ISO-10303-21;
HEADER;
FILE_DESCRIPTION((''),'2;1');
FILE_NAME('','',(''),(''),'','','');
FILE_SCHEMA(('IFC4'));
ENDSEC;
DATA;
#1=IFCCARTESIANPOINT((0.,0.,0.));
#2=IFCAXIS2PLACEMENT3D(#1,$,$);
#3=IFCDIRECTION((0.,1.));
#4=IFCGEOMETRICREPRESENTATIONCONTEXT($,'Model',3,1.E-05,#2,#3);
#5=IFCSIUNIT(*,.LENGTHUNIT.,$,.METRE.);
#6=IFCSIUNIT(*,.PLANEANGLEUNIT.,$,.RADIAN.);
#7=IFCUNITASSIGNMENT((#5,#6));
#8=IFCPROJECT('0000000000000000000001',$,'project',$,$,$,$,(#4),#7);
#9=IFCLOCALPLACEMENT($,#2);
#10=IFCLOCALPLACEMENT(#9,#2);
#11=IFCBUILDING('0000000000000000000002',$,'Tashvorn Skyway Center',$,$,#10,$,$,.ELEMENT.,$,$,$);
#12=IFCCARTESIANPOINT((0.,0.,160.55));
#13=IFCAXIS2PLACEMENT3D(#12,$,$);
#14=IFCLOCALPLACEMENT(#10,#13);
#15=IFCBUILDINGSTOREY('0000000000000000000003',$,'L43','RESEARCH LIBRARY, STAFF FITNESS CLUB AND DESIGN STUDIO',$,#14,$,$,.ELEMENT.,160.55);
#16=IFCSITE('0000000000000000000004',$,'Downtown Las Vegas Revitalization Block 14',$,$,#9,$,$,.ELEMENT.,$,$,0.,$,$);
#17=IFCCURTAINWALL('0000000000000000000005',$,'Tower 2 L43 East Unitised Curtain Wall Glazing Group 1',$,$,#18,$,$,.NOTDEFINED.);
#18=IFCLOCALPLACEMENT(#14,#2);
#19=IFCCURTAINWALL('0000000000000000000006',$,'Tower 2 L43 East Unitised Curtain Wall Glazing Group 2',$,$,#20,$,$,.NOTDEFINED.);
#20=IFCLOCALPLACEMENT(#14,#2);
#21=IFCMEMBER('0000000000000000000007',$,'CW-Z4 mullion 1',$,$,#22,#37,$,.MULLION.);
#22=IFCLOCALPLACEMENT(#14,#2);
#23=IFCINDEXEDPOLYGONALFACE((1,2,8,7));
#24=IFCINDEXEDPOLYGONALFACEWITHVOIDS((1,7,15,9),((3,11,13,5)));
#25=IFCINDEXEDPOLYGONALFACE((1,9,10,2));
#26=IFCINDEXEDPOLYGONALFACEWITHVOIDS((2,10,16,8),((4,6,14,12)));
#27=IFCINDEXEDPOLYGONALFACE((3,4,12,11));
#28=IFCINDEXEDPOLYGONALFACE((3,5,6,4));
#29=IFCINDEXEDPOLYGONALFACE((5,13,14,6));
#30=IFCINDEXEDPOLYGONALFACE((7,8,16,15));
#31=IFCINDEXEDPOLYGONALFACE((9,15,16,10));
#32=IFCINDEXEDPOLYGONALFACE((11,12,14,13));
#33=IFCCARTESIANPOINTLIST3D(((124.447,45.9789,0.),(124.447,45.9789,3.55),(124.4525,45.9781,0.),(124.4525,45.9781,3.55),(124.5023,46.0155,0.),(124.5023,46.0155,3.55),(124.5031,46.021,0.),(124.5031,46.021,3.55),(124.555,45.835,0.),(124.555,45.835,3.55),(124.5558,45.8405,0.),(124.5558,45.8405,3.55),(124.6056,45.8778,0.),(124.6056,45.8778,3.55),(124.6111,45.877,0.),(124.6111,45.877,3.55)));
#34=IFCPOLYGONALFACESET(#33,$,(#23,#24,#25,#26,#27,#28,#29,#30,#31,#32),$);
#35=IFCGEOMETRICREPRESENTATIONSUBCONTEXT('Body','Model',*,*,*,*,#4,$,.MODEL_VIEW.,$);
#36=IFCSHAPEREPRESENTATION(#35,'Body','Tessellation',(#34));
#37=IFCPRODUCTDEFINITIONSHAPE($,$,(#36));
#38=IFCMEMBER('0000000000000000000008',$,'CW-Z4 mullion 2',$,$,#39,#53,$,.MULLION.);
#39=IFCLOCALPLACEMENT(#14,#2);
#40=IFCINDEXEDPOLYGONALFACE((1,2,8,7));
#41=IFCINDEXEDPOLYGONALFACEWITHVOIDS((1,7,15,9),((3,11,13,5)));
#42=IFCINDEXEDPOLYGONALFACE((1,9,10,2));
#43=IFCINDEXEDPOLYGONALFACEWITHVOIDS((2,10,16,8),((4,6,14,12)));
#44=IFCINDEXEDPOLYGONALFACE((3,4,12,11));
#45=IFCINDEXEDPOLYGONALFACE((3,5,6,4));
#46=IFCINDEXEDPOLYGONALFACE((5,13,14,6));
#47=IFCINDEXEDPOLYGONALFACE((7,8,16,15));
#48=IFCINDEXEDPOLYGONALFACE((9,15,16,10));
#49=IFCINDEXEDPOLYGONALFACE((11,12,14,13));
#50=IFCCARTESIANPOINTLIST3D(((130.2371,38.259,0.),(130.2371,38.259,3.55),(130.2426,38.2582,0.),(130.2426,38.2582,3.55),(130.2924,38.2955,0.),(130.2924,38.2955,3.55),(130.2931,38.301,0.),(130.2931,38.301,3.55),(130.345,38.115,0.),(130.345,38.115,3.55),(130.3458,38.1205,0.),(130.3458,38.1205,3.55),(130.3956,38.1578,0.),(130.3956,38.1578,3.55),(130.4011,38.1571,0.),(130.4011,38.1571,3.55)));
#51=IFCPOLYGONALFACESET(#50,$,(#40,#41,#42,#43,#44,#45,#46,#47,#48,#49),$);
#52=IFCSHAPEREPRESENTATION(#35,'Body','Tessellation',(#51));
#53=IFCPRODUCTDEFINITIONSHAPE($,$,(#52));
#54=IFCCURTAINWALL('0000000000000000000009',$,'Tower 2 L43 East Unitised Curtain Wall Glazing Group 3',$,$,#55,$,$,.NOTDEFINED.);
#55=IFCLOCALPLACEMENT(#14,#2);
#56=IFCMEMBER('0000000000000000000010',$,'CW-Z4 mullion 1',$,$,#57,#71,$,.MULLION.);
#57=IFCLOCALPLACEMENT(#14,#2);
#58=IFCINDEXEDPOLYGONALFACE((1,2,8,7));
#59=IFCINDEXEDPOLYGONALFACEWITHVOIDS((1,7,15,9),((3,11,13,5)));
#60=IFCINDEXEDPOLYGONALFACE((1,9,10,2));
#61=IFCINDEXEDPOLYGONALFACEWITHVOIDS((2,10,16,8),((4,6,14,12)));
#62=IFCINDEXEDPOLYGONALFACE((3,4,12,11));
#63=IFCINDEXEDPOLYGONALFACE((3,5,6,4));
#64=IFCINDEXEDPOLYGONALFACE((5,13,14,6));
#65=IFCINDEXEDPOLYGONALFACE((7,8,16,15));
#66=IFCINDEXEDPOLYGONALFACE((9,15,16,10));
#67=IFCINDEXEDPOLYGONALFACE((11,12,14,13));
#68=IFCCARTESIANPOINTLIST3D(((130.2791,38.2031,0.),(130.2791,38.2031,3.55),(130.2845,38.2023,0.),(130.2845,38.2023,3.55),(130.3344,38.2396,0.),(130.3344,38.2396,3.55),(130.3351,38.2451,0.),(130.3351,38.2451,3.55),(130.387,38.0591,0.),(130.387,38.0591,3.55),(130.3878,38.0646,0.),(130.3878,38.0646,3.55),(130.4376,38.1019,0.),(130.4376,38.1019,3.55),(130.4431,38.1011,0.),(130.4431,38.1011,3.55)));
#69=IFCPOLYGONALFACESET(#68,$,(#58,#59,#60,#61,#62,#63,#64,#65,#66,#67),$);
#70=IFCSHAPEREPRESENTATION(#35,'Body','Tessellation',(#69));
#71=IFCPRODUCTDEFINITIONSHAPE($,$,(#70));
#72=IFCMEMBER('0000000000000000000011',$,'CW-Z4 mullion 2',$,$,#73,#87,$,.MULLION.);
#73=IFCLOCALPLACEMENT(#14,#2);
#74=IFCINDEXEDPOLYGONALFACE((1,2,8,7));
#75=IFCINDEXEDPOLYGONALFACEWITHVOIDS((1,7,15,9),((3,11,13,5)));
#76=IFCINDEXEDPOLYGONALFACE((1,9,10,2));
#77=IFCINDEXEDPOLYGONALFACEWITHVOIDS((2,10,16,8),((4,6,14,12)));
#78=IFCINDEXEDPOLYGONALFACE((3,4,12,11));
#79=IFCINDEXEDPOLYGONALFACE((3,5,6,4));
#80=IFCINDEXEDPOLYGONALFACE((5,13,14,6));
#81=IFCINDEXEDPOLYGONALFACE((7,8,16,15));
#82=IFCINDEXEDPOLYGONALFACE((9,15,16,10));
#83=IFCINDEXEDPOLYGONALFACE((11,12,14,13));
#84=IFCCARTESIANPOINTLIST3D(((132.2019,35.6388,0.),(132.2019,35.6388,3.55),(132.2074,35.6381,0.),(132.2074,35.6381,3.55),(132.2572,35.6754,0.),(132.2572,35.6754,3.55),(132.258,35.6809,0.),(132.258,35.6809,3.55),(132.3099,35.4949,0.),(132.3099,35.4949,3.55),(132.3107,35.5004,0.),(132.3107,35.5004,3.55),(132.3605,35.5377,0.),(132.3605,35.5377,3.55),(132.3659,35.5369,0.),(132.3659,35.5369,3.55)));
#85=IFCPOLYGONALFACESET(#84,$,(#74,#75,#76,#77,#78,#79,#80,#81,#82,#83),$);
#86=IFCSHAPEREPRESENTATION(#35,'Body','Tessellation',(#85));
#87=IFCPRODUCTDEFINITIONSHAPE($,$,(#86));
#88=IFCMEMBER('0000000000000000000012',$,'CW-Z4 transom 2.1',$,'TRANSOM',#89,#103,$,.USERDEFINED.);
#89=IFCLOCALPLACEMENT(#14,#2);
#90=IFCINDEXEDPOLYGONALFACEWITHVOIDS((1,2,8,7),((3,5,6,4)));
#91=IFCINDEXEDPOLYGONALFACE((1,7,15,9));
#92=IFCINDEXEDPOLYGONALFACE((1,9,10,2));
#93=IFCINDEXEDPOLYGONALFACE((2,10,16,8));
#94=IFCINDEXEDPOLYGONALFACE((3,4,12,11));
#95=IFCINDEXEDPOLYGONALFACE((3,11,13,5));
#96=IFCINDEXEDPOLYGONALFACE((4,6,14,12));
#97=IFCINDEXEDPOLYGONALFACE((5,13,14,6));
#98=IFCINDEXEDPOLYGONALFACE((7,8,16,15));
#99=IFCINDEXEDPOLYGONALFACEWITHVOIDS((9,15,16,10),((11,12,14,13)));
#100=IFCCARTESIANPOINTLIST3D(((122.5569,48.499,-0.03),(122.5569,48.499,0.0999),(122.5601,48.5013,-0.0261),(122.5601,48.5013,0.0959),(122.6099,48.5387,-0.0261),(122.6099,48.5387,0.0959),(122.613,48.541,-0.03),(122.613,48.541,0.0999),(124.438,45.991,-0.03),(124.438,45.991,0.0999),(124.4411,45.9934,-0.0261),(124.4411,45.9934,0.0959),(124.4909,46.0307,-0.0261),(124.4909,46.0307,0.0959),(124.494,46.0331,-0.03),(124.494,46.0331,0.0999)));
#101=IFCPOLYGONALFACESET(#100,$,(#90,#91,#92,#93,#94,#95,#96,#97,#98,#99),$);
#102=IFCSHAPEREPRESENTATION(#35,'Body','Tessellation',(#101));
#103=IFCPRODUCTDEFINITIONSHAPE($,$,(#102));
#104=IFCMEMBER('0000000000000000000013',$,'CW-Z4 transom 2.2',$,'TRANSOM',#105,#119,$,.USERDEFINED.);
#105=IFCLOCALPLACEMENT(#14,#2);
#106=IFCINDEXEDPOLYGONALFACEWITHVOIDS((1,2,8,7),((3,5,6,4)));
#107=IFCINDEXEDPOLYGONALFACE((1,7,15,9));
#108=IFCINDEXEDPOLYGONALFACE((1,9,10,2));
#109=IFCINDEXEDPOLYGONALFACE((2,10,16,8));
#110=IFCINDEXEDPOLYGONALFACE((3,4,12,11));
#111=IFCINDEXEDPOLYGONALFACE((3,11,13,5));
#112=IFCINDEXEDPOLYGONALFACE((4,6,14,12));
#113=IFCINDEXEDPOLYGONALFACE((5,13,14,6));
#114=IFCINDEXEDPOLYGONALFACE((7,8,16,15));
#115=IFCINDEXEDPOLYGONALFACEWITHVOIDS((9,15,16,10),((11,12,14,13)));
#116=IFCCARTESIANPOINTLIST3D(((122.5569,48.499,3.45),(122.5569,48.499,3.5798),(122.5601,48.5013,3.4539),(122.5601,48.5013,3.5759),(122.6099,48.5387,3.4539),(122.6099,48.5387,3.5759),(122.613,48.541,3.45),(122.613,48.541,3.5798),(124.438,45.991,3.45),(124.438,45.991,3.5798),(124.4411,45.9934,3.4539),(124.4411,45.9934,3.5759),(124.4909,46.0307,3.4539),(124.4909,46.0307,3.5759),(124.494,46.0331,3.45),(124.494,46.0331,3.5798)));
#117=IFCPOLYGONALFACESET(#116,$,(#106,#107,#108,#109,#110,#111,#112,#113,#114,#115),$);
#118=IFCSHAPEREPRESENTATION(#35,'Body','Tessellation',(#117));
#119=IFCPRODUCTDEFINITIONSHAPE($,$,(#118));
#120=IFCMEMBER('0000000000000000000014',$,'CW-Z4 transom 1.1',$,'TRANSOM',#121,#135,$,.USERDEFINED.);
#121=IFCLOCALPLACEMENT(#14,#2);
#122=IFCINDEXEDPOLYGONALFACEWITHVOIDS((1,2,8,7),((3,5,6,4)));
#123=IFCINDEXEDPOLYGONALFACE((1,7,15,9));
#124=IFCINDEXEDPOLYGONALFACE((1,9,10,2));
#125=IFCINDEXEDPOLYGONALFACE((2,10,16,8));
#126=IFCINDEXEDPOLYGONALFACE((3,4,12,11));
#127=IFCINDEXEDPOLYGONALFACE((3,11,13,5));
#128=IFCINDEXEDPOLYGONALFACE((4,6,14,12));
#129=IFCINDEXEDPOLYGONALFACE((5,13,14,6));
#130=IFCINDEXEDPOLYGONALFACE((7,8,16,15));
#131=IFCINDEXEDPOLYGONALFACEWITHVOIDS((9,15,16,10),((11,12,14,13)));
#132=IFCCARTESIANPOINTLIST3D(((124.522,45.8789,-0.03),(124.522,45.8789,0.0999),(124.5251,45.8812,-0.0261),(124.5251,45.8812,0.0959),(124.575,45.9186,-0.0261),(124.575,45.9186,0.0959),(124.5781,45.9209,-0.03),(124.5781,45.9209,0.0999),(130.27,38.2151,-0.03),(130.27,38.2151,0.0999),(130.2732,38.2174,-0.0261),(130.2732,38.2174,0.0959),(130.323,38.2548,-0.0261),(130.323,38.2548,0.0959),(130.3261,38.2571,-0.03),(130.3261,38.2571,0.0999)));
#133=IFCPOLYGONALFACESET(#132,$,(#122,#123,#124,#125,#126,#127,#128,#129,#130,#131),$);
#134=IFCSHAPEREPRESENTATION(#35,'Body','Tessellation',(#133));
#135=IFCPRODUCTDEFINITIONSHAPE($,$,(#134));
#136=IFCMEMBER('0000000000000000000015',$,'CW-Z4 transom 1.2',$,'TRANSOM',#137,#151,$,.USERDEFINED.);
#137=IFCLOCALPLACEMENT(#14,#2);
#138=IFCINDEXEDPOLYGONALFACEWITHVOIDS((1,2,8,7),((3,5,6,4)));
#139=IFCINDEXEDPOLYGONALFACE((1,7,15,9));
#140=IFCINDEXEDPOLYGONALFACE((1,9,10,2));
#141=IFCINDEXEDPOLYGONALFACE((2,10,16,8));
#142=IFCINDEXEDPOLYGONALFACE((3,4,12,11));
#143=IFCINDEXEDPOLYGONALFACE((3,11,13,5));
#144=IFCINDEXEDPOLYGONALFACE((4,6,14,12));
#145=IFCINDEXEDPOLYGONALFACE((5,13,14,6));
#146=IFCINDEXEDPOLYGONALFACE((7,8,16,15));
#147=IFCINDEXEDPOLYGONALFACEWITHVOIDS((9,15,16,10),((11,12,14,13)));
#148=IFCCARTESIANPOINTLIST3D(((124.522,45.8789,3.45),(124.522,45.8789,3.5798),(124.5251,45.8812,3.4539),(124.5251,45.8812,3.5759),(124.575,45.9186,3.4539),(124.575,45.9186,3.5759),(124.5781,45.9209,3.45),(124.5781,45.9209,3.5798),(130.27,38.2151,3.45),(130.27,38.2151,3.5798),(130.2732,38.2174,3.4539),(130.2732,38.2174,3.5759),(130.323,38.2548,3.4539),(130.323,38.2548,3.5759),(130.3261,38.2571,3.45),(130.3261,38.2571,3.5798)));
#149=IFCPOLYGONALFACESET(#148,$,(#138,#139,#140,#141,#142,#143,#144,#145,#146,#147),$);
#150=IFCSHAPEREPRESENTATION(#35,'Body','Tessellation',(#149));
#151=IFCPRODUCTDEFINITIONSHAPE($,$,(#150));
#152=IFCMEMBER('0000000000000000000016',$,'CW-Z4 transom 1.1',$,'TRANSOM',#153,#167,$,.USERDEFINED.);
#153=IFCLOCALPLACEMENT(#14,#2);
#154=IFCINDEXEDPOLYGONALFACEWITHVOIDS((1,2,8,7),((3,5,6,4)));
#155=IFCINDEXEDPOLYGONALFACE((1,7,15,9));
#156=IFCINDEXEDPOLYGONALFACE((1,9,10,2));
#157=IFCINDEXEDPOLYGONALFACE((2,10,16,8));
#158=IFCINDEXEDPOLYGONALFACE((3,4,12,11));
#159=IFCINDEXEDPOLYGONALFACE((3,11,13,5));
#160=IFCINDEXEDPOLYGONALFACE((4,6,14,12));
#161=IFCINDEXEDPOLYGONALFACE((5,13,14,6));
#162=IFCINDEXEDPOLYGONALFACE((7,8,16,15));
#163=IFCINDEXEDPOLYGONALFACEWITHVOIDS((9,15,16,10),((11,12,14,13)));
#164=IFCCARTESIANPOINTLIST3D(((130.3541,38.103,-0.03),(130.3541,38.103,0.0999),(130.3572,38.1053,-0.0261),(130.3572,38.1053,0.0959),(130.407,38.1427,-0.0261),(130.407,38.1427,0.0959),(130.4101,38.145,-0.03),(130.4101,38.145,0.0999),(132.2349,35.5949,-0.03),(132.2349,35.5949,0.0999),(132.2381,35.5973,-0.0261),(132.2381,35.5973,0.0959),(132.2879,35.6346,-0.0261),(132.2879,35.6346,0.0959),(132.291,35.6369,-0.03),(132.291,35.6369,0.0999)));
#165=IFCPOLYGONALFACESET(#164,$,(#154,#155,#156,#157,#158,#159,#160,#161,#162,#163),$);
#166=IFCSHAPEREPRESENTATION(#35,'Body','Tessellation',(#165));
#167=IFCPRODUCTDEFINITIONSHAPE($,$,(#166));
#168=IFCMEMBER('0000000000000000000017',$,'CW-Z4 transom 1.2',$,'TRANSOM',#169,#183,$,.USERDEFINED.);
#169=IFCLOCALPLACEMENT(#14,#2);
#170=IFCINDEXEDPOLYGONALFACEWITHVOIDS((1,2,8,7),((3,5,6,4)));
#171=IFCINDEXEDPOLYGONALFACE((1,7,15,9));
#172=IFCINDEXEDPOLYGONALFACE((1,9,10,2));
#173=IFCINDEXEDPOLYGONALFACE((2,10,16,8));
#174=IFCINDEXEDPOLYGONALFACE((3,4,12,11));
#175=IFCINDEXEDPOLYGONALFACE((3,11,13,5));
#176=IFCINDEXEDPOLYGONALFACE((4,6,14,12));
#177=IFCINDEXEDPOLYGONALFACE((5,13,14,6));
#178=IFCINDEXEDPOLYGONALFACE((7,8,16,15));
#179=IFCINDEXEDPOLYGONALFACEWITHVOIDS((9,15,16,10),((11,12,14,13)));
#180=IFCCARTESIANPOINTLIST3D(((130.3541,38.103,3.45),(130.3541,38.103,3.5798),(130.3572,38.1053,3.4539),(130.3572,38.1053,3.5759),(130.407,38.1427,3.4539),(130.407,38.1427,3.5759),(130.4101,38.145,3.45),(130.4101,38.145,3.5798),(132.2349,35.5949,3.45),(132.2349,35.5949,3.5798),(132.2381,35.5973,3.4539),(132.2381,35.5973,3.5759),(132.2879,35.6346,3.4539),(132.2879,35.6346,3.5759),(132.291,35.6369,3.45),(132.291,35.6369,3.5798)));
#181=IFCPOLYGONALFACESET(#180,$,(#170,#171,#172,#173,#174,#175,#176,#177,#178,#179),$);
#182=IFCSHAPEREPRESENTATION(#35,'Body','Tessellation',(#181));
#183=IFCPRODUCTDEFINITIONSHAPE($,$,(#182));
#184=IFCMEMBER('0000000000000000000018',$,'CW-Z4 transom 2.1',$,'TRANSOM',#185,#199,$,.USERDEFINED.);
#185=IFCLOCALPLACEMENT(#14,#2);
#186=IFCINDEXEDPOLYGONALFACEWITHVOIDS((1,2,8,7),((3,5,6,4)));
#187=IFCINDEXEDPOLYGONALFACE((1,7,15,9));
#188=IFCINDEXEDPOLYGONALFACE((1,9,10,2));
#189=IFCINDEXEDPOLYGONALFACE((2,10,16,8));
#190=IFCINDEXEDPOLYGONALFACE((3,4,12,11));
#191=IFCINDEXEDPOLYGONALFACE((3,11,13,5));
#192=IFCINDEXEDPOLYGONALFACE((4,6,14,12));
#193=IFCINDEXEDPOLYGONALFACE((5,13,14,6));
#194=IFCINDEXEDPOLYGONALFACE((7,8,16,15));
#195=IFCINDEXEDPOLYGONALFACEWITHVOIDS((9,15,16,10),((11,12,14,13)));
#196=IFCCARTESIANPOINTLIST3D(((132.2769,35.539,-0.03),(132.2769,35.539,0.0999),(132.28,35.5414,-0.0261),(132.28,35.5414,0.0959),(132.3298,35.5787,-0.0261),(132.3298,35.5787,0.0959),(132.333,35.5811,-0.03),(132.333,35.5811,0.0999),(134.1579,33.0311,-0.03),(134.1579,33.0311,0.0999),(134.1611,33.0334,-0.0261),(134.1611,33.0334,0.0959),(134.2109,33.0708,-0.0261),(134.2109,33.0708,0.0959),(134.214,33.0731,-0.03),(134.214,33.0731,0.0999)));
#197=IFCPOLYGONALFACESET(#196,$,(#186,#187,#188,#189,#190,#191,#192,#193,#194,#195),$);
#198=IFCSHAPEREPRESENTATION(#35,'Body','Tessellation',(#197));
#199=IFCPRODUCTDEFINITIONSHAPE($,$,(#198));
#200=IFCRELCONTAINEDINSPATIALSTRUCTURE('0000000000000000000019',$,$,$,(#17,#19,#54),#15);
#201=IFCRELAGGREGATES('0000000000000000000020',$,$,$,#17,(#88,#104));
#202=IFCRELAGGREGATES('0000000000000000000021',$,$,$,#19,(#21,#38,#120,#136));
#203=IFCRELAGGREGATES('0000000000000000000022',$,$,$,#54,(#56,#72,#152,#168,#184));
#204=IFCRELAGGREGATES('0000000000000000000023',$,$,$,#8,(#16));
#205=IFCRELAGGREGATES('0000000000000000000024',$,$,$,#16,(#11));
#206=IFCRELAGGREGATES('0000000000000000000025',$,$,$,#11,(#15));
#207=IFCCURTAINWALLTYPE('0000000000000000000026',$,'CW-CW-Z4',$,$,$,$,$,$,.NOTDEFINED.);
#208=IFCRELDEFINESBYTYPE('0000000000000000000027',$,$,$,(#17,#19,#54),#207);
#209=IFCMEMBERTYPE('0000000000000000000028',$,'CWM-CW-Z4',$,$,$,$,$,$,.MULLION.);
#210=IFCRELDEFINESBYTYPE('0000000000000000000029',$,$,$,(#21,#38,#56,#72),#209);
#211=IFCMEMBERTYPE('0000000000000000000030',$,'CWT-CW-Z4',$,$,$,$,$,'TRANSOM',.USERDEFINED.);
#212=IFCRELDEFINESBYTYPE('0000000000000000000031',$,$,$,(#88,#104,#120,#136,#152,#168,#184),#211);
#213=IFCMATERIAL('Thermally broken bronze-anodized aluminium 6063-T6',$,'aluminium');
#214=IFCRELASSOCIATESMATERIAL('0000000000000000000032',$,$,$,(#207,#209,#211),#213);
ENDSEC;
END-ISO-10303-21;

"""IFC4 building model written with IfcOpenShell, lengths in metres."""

from ifc_helpers import new_model, si_unit, direction, frame, origin, origin_2d, place, context, subcontext, project, spatial, hollow_rectangle, extrude, material, material_profile, profile_set, type_object, element, aggregate, save


model = new_model("IFC4")

# Units and contexts
model_context = context("Model", 3, precision=1e-05, world=origin(), true_north=direction((0.0, 1.0)))
body_context = subcontext(model_context, "Body", "Model", "MODEL_VIEW")
ifc_project = project(units=[si_unit("LENGTHUNIT", "METRE"), si_unit("PLANEANGLEUNIT", "RADIAN")], contexts=[model_context])

# Site, building, storey
site_placement = place(None, origin())
site = spatial("IfcSite", under=ifc_project, at=site_placement, Name="Downtown Las Vegas Revitalization Block 14", CompositionType="ELEMENT", RefElevation=0.0)
building_placement = place(site_placement, origin())
building = spatial("IfcBuilding", under=site, at=building_placement, Name="Tashvorn Skyway Center", CompositionType="ELEMENT")
storey_placement = place(building_placement, frame((0.0, 0.0, 160.55)))
storey = spatial("IfcBuildingStorey", under=building, at=storey_placement, Name="L43", Description="RESEARCH LIBRARY, STAFF FITNESS CLUB AND DESIGN STUDIO", CompositionType="ELEMENT", Elevation=160.55)

# Curtain walls, members
ifc_material_1 = material(Name="Thermally broken bronze-anodized aluminium 6063-T6", Category="aluminium")
curtain_wall_type = type_object("IfcCurtainWallType", Name="CW-CW-Z4", PredefinedType="NOTDEFINED", material=ifc_material_1)
curtain_wall_1_placement = place(storey_placement, origin())
curtain_wall_1 = element("IfcCurtainWall", 1, at=curtain_wall_1_placement, inside=storey, type_object=curtain_wall_type, Name="Tower 2 L43 East Unitised Curtain Wall Glazing Group 1", PredefinedType="NOTDEFINED")
ifc_material_profile_1 = material_profile(ifc_material_1, hollow_rectangle(XDim=0.0701, YDim=0.1799, WallThickness=0.0039, at=origin_2d()), Name="ALU-MULL-70x180")
ifc_profile_set_1 = profile_set([ifc_material_profile_1], Name="Thermally broken bronze-anodized aluminium 6063-T6")
member_type_1 = type_object("IfcMemberType", Name="CWM-CW-Z4", PredefinedType="MULLION", material=ifc_profile_set_1)
curtain_wall_2_placement = place(storey_placement, origin())
curtain_wall_2 = element("IfcCurtainWall", 2, at=curtain_wall_2_placement, inside=storey, type_object=curtain_wall_type, Name="Tower 2 L43 East Unitised Curtain Wall Glazing Group 2", PredefinedType="NOTDEFINED")
member_1_placement = place(storey_placement, frame((124.5291, 45.928, 0.0), z_axis=(0.0, 0.0, 1.0), x_axis=(0.8, 0.6, 0.0)))
member_1 = element("IfcMember", 3, at=member_1_placement, type_object=member_type_1, Name="CW-Z4 mullion 1", PredefinedType="MULLION", context=body_context, shape_type="SweptSolid", body=[
    extrude(hollow_rectangle(XDim=0.0701, YDim=0.1799, WallThickness=0.0039, at=origin_2d()), origin(), (0.0, 0.0, 1.0), 3.55),
])
member_2_placement = place(storey_placement, frame((130.3191, 38.208, 0.0), z_axis=(0.0, 0.0, 1.0), x_axis=(0.8, 0.6, 0.0)))
member_2 = element("IfcMember", 4, at=member_2_placement, type_object=member_type_1, Name="CW-Z4 mullion 2", PredefinedType="MULLION", context=body_context, shape_type="SweptSolid", body=[
    extrude(hollow_rectangle(XDim=0.0701, YDim=0.1799, WallThickness=0.0039, at=origin_2d()), origin(), (0.0, 0.0, 1.0), 3.55),
])
curtain_wall_3_placement = place(storey_placement, origin())
curtain_wall_3 = element("IfcCurtainWall", 5, at=curtain_wall_3_placement, inside=storey, type_object=curtain_wall_type, Name="Tower 2 L43 East Unitised Curtain Wall Glazing Group 3", PredefinedType="NOTDEFINED")
member_3_placement = place(storey_placement, frame((130.3611, 38.1521, 0.0), z_axis=(0.0, 0.0, 1.0), x_axis=(0.8, 0.6, 0.0)))
member_3 = element("IfcMember", 6, at=member_3_placement, type_object=member_type_1, Name="CW-Z4 mullion 1", PredefinedType="MULLION", context=body_context, shape_type="SweptSolid", body=[
    extrude(hollow_rectangle(XDim=0.0701, YDim=0.1799, WallThickness=0.0039, at=origin_2d()), origin(), (0.0, 0.0, 1.0), 3.55),
])
member_4_placement = place(storey_placement, frame((132.2839, 35.5879, 0.0), z_axis=(0.0, 0.0, 1.0), x_axis=(0.8, 0.6, 0.0)))
member_4 = element("IfcMember", 7, at=member_4_placement, type_object=member_type_1, Name="CW-Z4 mullion 2", PredefinedType="MULLION", context=body_context, shape_type="SweptSolid", body=[
    extrude(hollow_rectangle(XDim=0.0701, YDim=0.1799, WallThickness=0.0039, at=origin_2d()), origin(), (0.0, 0.0, 1.0), 3.55),
])

# Members
ifc_material_profile_2 = material_profile(ifc_material_1, hollow_rectangle(XDim=0.0701, YDim=0.1299, WallThickness=0.0039, at=origin_2d()), Name="ALU-TRAN-70x130")
ifc_profile_set_2 = profile_set([ifc_material_profile_2], Name="Thermally broken bronze-anodized aluminium 6063-T6")
member_type_2 = type_object("IfcMemberType", Name="CWT-CW-Z4", ElementType="TRANSOM", PredefinedType="USERDEFINED", material=ifc_profile_set_2)
member_5_placement = place(storey_placement, frame((122.585, 48.52, 0.0349), z_axis=(0.600012, -0.799991, 0.0), x_axis=(0.799991, 0.600012, 0.0)))
member_5 = element("IfcMember", 8, at=member_5_placement, type_object=member_type_2, Name="CW-Z4 transom 2.1", ObjectType="TRANSOM", PredefinedType="USERDEFINED", context=body_context, shape_type="SweptSolid", body=[
    extrude(hollow_rectangle(XDim=0.0701, YDim=0.1299, WallThickness=0.0039, at=origin_2d()), origin(), (0.0, 0.0, 1.0), 3.135),
])
member_6_placement = place(storey_placement, frame((122.585, 48.52, 3.5149), z_axis=(0.600012, -0.799991, 0.0), x_axis=(0.799991, 0.600012, 0.0)))
member_6 = element("IfcMember", 9, at=member_6_placement, type_object=member_type_2, Name="CW-Z4 transom 2.2", ObjectType="TRANSOM", PredefinedType="USERDEFINED", context=body_context, shape_type="SweptSolid", body=[
    extrude(hollow_rectangle(XDim=0.0701, YDim=0.1299, WallThickness=0.0039, at=origin_2d()), origin(), (0.0, 0.0, 1.0), 3.135),
])
member_7_placement = place(storey_placement, frame((124.55, 45.8999, 0.0349), z_axis=(0.600012, -0.799991, 0.0), x_axis=(0.799991, 0.600012, 0.0)))
member_7 = element("IfcMember", 10, at=member_7_placement, type_object=member_type_2, Name="CW-Z4 transom 1.1", ObjectType="TRANSOM", PredefinedType="USERDEFINED", context=body_context, shape_type="SweptSolid", body=[
    extrude(hollow_rectangle(XDim=0.0701, YDim=0.1299, WallThickness=0.0039, at=origin_2d()), origin(), (0.0, 0.0, 1.0), 9.5798),
])
member_8_placement = place(storey_placement, frame((124.55, 45.8999, 3.5149), z_axis=(0.600012, -0.799991, 0.0), x_axis=(0.799991, 0.600012, 0.0)))
member_8 = element("IfcMember", 11, at=member_8_placement, type_object=member_type_2, Name="CW-Z4 transom 1.2", ObjectType="TRANSOM", PredefinedType="USERDEFINED", context=body_context, shape_type="SweptSolid", body=[
    extrude(hollow_rectangle(XDim=0.0701, YDim=0.1299, WallThickness=0.0039, at=origin_2d()), origin(), (0.0, 0.0, 1.0), 9.5798),
])
member_9_placement = place(storey_placement, frame((130.3821, 38.124, 0.0349), z_axis=(0.599963, -0.800028, 0.0), x_axis=(0.800028, 0.599963, 0.0)))
member_9 = element("IfcMember", 12, at=member_9_placement, type_object=member_type_2, Name="CW-Z4 transom 1.1", ObjectType="TRANSOM", PredefinedType="USERDEFINED", context=body_context, shape_type="SweptSolid", body=[
    extrude(hollow_rectangle(XDim=0.0701, YDim=0.1299, WallThickness=0.0039, at=origin_2d()), origin(), (0.0, 0.0, 1.0), 3.135),
])
member_10_placement = place(storey_placement, frame((130.3821, 38.124, 3.5149), z_axis=(0.599963, -0.800028, 0.0), x_axis=(0.800028, 0.599963, 0.0)))
member_10 = element("IfcMember", 13, at=member_10_placement, type_object=member_type_2, Name="CW-Z4 transom 1.2", ObjectType="TRANSOM", PredefinedType="USERDEFINED", context=body_context, shape_type="SweptSolid", body=[
    extrude(hollow_rectangle(XDim=0.0701, YDim=0.1299, WallThickness=0.0039, at=origin_2d()), origin(), (0.0, 0.0, 1.0), 3.135),
])
member_11_placement = place(storey_placement, frame((132.3049, 35.5601, 0.0349), z_axis=(0.600012, -0.799991, 0.0), x_axis=(0.799991, 0.600012, 0.0)))
member_11 = element("IfcMember", 14, at=member_11_placement, type_object=member_type_2, Name="CW-Z4 transom 2.1", ObjectType="TRANSOM", PredefinedType="USERDEFINED", context=body_context, shape_type="SweptSolid", body=[
    extrude(hollow_rectangle(XDim=0.0701, YDim=0.1299, WallThickness=0.0039, at=origin_2d()), origin(), (0.0, 0.0, 1.0), 3.135),
])

aggregate(curtain_wall_1, [member_5, member_6])
aggregate(curtain_wall_2, [member_1, member_2, member_7, member_8])
aggregate(curtain_wall_3, [member_3, member_4, member_9, member_10, member_11])

save(model, "model.ifc")
